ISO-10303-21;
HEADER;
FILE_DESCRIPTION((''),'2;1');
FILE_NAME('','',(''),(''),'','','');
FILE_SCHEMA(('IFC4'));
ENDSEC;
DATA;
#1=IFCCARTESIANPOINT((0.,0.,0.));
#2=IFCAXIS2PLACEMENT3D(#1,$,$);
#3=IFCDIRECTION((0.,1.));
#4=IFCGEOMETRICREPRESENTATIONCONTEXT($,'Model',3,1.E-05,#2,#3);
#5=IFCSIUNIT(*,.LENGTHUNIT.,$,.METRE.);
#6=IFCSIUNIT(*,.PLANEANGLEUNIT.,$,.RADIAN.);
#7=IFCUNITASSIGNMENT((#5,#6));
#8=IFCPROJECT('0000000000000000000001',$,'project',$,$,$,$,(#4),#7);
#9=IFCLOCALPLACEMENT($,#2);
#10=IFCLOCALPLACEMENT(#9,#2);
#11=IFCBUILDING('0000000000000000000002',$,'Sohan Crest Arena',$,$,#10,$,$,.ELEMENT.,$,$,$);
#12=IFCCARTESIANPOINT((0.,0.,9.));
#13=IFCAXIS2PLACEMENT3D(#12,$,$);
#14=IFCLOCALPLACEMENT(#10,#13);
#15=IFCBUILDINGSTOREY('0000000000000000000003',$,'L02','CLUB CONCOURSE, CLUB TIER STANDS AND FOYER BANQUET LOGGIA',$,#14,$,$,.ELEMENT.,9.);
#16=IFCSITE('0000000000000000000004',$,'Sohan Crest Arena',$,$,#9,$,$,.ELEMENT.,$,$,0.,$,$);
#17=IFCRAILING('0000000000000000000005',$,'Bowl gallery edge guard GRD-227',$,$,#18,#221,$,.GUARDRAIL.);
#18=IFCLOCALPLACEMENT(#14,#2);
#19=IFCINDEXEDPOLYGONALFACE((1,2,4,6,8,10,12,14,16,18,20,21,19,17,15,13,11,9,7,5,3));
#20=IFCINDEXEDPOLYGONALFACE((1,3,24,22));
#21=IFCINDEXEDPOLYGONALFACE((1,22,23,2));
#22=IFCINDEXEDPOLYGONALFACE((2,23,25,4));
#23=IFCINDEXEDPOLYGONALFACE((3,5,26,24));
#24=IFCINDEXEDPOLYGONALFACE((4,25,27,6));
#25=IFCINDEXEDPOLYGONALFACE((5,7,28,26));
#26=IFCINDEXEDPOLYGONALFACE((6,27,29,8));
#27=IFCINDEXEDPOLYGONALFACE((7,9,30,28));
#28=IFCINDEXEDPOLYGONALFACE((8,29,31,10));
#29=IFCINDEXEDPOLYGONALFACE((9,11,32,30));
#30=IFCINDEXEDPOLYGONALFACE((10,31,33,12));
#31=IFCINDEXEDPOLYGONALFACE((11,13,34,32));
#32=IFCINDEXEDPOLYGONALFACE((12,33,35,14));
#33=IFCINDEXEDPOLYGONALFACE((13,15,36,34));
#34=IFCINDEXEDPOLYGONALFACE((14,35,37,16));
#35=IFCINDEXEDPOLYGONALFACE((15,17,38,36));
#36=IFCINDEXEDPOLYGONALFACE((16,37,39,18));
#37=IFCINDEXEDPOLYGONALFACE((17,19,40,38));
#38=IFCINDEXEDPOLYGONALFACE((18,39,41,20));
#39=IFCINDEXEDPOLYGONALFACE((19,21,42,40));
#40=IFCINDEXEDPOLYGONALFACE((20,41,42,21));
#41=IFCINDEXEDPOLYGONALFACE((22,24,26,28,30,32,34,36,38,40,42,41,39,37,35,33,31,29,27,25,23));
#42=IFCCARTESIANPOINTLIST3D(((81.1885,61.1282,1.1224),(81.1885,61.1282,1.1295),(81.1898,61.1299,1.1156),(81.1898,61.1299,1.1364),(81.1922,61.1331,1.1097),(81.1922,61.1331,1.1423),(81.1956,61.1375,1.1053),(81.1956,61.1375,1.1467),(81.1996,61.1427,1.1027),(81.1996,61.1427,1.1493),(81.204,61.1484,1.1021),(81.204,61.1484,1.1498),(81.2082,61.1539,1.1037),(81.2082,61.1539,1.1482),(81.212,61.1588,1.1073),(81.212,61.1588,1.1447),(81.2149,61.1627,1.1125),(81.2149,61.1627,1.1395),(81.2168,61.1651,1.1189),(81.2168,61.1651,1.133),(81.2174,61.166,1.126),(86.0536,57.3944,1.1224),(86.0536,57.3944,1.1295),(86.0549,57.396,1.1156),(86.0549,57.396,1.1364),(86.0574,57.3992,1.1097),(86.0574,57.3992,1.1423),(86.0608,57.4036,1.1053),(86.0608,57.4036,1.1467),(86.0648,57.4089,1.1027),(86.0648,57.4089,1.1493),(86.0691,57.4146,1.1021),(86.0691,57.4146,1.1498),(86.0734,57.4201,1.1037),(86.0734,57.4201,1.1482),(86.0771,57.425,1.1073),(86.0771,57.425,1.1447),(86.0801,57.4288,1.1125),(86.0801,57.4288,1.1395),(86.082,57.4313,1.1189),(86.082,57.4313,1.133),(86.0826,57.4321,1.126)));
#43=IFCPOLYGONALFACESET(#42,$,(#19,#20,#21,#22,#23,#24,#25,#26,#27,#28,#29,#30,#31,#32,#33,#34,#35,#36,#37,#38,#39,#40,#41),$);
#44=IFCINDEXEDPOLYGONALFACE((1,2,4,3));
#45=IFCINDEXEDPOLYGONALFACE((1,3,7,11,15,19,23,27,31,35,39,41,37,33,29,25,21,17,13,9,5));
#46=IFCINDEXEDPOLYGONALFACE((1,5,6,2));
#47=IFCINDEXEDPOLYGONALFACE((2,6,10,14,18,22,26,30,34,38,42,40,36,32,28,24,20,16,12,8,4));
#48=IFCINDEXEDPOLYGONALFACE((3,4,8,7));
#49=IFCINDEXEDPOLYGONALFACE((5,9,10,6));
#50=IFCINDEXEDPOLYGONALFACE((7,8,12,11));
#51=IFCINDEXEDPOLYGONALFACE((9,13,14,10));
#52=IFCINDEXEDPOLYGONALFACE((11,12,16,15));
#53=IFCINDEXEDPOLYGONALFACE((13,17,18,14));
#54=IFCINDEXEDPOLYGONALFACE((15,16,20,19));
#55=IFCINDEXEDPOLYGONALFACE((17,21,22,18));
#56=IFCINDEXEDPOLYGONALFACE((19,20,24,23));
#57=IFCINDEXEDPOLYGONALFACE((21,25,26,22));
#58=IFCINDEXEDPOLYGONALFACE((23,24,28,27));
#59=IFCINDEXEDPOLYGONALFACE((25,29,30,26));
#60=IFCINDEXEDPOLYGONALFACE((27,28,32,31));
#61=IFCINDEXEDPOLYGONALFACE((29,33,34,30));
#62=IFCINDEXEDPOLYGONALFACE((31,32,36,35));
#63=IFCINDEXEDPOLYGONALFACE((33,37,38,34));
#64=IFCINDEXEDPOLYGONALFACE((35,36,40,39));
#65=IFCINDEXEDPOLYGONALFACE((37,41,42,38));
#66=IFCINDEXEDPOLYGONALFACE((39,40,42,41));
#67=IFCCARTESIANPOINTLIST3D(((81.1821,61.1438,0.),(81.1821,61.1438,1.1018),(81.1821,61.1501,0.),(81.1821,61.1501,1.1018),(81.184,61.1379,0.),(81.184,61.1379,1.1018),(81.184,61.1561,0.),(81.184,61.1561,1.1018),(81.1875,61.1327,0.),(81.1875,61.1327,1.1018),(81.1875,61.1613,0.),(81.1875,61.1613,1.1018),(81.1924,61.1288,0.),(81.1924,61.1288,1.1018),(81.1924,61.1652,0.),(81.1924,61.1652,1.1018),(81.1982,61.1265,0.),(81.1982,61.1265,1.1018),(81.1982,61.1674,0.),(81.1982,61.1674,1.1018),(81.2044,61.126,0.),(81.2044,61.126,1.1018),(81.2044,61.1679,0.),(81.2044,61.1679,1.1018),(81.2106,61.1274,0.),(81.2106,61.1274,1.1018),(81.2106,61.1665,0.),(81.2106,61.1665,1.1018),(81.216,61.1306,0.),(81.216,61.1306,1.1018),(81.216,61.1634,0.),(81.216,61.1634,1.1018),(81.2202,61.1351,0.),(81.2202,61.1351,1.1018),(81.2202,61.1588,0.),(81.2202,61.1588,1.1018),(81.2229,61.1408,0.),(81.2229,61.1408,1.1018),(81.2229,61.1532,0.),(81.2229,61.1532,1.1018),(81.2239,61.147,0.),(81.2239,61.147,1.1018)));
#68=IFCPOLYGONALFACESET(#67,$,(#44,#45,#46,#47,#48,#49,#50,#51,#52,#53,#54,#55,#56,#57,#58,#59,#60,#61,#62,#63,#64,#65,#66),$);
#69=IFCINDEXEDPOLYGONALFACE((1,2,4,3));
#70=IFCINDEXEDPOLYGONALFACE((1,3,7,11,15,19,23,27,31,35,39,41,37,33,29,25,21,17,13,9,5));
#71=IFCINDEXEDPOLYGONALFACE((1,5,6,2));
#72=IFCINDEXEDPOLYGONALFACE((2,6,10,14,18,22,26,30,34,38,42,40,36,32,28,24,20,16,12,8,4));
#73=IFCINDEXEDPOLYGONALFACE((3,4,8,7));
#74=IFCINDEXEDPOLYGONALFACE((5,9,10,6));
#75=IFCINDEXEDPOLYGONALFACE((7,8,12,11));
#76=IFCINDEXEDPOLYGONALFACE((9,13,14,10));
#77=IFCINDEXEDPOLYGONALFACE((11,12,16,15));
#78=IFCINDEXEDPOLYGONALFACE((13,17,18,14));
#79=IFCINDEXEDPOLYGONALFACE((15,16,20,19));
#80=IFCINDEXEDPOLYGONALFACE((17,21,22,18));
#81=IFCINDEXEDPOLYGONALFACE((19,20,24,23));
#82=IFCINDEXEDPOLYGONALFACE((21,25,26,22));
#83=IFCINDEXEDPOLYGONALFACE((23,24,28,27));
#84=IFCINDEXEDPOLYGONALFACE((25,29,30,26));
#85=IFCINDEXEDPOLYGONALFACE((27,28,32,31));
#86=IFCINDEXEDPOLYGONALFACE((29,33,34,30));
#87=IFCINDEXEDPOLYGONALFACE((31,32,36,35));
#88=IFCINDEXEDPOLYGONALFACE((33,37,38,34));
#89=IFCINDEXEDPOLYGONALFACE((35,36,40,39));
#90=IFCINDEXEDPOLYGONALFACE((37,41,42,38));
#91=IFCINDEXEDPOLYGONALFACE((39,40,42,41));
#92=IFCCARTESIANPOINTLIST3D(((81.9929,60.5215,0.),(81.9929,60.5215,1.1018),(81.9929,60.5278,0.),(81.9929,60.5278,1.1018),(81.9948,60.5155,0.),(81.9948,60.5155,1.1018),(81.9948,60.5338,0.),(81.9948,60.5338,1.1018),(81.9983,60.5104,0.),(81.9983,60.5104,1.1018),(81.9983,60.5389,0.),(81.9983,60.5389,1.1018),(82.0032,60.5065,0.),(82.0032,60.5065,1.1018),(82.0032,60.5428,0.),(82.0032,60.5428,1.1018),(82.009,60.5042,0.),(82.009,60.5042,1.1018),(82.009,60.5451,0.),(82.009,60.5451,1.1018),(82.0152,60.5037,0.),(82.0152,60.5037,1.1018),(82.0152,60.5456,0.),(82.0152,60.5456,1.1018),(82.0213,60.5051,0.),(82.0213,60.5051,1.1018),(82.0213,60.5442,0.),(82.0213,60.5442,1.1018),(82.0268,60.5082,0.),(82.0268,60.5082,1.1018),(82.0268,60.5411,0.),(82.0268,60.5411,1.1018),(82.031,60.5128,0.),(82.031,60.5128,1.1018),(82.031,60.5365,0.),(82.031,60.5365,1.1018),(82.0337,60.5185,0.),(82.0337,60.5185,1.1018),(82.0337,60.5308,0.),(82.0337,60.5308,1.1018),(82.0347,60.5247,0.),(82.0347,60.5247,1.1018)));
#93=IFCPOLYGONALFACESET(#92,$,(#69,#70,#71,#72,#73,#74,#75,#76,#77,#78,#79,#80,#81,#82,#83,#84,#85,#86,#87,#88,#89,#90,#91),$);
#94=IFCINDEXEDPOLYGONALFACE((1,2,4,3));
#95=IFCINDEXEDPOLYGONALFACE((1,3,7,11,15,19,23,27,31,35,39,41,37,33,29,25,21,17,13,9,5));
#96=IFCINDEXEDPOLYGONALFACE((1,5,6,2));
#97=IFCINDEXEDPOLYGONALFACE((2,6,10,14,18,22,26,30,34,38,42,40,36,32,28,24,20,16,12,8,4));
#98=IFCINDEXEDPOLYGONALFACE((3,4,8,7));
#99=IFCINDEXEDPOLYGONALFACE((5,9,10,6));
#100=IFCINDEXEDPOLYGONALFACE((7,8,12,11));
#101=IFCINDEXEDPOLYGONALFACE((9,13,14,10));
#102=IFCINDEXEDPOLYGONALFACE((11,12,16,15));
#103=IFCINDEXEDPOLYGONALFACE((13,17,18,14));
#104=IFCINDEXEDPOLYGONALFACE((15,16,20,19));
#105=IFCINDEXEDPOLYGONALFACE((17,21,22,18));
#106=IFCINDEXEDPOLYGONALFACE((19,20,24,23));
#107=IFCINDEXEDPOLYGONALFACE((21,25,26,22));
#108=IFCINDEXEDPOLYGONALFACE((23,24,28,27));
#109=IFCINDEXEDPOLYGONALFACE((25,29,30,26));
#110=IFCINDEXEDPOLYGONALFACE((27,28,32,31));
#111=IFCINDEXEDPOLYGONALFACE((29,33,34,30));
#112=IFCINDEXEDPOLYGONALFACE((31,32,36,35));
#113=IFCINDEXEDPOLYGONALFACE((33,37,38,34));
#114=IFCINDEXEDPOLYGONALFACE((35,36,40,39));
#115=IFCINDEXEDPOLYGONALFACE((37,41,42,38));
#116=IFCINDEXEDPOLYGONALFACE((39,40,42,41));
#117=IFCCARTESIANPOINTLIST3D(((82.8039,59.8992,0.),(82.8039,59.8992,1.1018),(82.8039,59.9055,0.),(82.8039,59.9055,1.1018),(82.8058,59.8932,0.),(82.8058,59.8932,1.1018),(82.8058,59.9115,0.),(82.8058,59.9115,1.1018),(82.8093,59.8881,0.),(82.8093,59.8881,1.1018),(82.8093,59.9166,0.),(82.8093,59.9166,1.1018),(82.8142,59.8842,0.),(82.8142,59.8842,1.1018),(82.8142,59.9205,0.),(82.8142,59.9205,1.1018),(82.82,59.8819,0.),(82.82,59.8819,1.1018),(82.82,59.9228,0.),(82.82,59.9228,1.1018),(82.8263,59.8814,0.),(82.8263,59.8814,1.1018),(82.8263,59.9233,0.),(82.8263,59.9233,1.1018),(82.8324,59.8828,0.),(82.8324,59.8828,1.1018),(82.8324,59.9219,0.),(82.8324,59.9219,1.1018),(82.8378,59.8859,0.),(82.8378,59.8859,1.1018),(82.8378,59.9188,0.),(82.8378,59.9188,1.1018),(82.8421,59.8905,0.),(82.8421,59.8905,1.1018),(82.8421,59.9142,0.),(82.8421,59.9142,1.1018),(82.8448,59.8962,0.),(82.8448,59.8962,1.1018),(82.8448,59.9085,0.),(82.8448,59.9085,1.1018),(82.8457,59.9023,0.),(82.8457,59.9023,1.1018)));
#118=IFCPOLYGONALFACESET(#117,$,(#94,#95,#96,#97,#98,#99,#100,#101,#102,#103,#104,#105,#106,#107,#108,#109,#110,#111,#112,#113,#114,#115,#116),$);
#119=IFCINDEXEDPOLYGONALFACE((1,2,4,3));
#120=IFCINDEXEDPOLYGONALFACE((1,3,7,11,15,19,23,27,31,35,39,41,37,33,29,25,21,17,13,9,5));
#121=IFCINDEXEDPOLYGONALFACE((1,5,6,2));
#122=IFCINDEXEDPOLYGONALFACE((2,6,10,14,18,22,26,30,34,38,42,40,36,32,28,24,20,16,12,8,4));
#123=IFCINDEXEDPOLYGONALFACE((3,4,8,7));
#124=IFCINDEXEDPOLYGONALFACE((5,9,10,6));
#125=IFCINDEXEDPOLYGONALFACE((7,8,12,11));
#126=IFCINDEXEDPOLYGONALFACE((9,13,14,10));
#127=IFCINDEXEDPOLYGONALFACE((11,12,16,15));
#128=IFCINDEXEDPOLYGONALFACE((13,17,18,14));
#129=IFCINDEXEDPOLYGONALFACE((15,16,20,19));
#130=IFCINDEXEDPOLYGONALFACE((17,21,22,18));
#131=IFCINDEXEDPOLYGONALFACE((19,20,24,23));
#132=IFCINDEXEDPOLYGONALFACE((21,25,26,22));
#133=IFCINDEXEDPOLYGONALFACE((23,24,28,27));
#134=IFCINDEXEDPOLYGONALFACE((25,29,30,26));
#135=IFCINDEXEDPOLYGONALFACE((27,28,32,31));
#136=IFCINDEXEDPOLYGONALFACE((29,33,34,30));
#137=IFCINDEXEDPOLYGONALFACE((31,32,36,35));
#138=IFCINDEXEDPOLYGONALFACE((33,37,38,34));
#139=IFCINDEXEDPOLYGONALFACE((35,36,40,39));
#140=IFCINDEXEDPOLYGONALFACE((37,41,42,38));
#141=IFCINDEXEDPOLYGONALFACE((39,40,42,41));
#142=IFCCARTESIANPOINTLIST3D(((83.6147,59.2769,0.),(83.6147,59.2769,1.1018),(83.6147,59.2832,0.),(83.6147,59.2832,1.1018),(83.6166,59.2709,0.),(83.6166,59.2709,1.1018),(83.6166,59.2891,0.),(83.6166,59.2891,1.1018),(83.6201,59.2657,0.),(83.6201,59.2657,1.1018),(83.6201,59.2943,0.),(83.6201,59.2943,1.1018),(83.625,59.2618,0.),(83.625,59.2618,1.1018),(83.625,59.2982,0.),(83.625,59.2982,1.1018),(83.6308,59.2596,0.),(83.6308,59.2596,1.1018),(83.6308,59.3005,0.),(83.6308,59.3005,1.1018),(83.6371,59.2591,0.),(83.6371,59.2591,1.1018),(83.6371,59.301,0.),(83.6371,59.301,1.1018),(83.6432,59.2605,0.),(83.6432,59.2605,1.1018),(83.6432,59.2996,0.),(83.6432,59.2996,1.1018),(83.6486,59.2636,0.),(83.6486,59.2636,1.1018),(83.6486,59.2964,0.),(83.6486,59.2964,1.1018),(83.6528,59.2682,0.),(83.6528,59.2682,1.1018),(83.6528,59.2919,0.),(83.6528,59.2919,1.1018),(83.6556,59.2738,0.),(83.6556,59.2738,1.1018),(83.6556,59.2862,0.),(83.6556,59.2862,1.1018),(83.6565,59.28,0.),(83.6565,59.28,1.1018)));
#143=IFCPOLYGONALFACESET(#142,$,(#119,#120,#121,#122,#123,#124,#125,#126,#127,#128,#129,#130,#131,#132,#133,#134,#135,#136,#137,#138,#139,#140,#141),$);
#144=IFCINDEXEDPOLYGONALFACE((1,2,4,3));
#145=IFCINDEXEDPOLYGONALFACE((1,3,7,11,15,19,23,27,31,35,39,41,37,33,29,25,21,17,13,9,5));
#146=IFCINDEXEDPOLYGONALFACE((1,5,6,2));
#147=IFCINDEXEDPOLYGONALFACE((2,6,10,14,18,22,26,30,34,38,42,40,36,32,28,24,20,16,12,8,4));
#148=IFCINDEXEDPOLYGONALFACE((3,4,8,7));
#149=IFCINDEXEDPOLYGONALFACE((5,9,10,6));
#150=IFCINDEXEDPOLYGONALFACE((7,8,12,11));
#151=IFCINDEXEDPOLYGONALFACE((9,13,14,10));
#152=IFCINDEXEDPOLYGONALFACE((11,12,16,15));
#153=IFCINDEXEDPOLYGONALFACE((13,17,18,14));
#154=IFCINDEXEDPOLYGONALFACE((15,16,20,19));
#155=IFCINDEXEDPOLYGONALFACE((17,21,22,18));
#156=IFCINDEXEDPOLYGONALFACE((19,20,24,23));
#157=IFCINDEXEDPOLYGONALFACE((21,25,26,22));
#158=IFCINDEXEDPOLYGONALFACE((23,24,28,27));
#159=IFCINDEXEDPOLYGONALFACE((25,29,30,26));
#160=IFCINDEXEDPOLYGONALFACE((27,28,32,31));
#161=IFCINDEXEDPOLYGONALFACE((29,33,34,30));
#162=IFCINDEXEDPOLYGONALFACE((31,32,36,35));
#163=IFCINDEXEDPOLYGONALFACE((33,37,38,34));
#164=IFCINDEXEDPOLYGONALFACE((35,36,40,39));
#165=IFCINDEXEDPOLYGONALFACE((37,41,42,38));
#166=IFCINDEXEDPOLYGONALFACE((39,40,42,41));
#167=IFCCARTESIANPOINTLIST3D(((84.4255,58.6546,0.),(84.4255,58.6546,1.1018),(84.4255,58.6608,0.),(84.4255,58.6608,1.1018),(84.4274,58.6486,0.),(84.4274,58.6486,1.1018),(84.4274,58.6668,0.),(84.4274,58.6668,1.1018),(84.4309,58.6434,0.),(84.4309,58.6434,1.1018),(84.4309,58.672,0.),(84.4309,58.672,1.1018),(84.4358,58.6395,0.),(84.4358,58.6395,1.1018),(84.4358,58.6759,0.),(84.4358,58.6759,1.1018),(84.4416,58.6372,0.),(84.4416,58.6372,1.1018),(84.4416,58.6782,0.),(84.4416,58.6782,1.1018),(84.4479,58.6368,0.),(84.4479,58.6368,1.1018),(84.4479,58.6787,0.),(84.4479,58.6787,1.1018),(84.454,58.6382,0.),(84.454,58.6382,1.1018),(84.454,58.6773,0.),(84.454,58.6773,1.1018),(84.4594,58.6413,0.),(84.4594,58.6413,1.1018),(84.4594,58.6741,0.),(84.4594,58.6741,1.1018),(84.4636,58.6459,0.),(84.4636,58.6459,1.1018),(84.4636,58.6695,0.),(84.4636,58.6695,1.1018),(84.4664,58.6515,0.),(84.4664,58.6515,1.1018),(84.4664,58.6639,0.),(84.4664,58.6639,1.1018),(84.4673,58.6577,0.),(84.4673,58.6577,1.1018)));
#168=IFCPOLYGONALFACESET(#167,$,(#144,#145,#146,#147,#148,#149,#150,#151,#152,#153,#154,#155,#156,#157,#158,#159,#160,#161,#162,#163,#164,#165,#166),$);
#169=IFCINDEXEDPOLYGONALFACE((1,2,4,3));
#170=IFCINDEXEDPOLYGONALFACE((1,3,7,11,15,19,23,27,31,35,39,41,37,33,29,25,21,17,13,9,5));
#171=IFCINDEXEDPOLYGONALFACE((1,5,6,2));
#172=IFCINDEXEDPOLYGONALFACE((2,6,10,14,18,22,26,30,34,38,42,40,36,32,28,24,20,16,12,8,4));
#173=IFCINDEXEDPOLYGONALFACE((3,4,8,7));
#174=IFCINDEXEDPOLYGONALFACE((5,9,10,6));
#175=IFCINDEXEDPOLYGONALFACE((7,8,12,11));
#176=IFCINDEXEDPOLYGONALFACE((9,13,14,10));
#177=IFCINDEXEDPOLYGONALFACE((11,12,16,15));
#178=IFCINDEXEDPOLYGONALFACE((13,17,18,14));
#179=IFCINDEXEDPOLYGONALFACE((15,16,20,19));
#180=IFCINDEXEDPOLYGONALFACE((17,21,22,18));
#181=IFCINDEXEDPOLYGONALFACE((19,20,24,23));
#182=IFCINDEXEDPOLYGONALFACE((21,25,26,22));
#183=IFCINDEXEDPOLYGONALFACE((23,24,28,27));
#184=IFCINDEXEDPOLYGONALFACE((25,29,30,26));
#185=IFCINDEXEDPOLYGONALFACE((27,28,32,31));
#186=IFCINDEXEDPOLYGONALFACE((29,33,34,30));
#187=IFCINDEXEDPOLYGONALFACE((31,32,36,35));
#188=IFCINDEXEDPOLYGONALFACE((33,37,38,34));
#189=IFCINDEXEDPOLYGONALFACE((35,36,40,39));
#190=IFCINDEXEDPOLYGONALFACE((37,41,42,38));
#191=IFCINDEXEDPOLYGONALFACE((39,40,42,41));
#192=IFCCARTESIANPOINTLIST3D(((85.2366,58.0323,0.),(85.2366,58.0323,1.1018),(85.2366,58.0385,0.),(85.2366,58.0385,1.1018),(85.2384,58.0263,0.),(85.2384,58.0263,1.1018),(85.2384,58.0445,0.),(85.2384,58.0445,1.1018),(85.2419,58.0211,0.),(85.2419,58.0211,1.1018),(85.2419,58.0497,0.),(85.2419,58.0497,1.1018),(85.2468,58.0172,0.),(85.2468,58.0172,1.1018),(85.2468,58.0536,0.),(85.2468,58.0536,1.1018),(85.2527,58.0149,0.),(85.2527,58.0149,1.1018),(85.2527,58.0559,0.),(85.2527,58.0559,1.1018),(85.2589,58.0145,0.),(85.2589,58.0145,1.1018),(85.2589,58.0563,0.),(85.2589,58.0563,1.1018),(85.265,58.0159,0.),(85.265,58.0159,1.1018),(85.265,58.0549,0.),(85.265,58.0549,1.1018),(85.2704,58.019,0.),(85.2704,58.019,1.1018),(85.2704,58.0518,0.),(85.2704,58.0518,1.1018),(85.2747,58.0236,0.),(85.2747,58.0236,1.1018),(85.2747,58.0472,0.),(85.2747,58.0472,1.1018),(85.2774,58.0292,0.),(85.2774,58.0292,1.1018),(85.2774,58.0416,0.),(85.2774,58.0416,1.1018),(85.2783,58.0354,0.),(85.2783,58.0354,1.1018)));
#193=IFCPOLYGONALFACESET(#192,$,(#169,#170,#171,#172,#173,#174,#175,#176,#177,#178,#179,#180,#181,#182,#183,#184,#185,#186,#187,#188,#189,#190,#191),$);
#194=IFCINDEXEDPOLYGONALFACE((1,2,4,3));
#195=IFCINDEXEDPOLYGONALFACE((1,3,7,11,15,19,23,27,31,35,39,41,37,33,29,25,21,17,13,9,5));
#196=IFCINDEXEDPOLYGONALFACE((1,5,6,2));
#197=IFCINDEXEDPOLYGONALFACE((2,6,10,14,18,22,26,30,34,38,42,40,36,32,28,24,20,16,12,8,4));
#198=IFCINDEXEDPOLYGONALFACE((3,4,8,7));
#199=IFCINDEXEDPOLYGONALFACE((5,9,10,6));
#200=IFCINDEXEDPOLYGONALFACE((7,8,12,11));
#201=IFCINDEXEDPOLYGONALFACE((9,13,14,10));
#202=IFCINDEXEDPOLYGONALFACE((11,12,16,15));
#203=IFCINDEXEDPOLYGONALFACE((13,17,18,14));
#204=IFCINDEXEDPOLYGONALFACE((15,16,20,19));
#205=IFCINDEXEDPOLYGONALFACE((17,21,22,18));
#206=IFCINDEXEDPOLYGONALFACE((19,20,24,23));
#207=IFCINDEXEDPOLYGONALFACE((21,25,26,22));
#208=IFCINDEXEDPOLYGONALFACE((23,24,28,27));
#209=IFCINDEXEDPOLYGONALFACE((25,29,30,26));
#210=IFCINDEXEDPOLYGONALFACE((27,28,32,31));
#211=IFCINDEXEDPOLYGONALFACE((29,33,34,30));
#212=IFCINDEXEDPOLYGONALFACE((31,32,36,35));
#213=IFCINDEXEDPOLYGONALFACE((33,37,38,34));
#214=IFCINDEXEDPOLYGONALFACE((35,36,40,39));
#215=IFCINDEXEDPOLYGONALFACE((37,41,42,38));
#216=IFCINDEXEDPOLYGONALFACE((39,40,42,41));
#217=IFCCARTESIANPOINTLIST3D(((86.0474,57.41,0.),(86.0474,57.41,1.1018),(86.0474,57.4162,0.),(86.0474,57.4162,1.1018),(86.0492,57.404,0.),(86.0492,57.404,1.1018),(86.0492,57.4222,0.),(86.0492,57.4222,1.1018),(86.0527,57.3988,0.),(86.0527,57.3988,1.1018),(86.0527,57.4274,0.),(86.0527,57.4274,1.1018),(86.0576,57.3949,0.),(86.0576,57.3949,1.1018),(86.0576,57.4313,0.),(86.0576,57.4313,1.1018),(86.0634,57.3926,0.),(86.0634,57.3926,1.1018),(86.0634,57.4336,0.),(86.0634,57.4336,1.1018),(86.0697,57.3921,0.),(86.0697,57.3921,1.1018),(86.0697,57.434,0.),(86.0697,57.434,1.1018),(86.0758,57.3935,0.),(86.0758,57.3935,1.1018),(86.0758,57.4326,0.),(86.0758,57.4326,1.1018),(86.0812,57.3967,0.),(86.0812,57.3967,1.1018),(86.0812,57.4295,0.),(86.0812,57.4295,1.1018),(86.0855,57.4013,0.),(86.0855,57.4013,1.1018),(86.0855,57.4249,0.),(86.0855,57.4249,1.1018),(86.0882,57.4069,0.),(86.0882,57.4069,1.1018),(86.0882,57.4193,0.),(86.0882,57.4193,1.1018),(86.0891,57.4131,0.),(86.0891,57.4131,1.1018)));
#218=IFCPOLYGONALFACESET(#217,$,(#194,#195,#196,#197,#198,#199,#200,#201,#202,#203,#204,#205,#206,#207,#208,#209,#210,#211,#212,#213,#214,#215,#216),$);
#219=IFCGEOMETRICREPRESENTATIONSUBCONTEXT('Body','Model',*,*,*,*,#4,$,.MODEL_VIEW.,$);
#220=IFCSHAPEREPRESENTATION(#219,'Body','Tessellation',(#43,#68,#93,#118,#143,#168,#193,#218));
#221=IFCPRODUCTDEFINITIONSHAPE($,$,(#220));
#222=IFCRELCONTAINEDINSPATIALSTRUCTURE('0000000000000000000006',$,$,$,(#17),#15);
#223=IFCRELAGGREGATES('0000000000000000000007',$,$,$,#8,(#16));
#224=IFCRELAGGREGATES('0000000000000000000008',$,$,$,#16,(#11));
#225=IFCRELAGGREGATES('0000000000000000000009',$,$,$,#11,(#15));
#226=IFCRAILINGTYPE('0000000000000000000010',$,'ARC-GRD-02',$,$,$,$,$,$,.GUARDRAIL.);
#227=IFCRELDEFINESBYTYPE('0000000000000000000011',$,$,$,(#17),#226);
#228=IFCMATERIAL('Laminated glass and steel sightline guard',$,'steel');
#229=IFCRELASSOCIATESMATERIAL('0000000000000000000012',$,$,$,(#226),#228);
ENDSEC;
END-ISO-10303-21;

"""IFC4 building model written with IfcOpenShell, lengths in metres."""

from ifc_helpers import new_model, si_unit, direction, frame, origin, origin_2d, place, context, subcontext, project, spatial, circle, extrude, material, type_object, element, save


model = new_model("IFC4")

# Units and contexts
model_context = context("Model", 3, precision=1e-05, world=origin(), true_north=direction((0.0, 1.0)))
body_context = subcontext(model_context, "Body", "Model", "MODEL_VIEW")
ifc_project = project(units=[si_unit("LENGTHUNIT", "METRE"), si_unit("PLANEANGLEUNIT", "RADIAN")], contexts=[model_context])

# Site, building, storey
site_placement = place(None, origin())
site = spatial("IfcSite", under=ifc_project, at=site_placement, Name="Sohan Crest Arena", CompositionType="ELEMENT", RefElevation=0.0)
building_placement = place(site_placement, origin())
building = spatial("IfcBuilding", under=site, at=building_placement, Name="Sohan Crest Arena", CompositionType="ELEMENT")
storey_placement = place(building_placement, frame((0.0, 0.0, 9.0)))
storey = spatial("IfcBuildingStorey", under=building, at=storey_placement, Name="L02", Description="CLUB CONCOURSE, CLUB TIER STANDS AND FOYER BANQUET LOGGIA", CompositionType="ELEMENT", Elevation=9.0)

# Railing
ifc_material_1 = material(Name="Laminated glass and steel sightline guard", Category="steel")
railing_type_1 = type_object("IfcRailingType", Name="ARC-GRD-02", PredefinedType="GUARDRAIL", material=ifc_material_1)
railing_1_placement = place(storey_placement, frame((81.2029, 61.147, 0.0)))
element("IfcRailing", 1, at=railing_1_placement, inside=storey, type_object=railing_type_1, Name="Bowl gallery edge guard GRD-227", PredefinedType="GUARDRAIL", context=body_context, shape_type="SweptSolid", body=[
    extrude(circle(Radius=0.0239, at=origin_2d()), frame((0.0, 0.0, 1.126), z_axis=(0.793301, -0.608829, 0.0), x_axis=(0.608829, 0.793301, 0.0)), (0.0, 0.0, 1.0), 6.1328),
    extrude(circle(Radius=0.021, at=origin_2d()), origin(), (0.0, 0.0, 1.0), 1.1018),
    extrude(circle(Radius=0.021, at=origin_2d()), frame((0.8108, -0.6223, 0.0)), (0.0, 0.0, 1.0), 1.1018),
    extrude(circle(Radius=0.021, at=origin_2d()), frame((1.6218, -1.2446, 0.0)), (0.0, 0.0, 1.0), 1.1018),
    extrude(circle(Radius=0.021, at=origin_2d()), frame((2.4326, -1.8669, 0.0)), (0.0, 0.0, 1.0), 1.1018),
    extrude(circle(Radius=0.021, at=origin_2d()), frame((3.2434, -2.4893, 0.0)), (0.0, 0.0, 1.0), 1.1018),
    extrude(circle(Radius=0.021, at=origin_2d()), frame((4.0544, -3.1116, 0.0)), (0.0, 0.0, 1.0), 1.1018),
    extrude(circle(Radius=0.021, at=origin_2d()), frame((4.8652, -3.7339, 0.0)), (0.0, 0.0, 1.0), 1.1018),
])

save(model, "model.ifc")
